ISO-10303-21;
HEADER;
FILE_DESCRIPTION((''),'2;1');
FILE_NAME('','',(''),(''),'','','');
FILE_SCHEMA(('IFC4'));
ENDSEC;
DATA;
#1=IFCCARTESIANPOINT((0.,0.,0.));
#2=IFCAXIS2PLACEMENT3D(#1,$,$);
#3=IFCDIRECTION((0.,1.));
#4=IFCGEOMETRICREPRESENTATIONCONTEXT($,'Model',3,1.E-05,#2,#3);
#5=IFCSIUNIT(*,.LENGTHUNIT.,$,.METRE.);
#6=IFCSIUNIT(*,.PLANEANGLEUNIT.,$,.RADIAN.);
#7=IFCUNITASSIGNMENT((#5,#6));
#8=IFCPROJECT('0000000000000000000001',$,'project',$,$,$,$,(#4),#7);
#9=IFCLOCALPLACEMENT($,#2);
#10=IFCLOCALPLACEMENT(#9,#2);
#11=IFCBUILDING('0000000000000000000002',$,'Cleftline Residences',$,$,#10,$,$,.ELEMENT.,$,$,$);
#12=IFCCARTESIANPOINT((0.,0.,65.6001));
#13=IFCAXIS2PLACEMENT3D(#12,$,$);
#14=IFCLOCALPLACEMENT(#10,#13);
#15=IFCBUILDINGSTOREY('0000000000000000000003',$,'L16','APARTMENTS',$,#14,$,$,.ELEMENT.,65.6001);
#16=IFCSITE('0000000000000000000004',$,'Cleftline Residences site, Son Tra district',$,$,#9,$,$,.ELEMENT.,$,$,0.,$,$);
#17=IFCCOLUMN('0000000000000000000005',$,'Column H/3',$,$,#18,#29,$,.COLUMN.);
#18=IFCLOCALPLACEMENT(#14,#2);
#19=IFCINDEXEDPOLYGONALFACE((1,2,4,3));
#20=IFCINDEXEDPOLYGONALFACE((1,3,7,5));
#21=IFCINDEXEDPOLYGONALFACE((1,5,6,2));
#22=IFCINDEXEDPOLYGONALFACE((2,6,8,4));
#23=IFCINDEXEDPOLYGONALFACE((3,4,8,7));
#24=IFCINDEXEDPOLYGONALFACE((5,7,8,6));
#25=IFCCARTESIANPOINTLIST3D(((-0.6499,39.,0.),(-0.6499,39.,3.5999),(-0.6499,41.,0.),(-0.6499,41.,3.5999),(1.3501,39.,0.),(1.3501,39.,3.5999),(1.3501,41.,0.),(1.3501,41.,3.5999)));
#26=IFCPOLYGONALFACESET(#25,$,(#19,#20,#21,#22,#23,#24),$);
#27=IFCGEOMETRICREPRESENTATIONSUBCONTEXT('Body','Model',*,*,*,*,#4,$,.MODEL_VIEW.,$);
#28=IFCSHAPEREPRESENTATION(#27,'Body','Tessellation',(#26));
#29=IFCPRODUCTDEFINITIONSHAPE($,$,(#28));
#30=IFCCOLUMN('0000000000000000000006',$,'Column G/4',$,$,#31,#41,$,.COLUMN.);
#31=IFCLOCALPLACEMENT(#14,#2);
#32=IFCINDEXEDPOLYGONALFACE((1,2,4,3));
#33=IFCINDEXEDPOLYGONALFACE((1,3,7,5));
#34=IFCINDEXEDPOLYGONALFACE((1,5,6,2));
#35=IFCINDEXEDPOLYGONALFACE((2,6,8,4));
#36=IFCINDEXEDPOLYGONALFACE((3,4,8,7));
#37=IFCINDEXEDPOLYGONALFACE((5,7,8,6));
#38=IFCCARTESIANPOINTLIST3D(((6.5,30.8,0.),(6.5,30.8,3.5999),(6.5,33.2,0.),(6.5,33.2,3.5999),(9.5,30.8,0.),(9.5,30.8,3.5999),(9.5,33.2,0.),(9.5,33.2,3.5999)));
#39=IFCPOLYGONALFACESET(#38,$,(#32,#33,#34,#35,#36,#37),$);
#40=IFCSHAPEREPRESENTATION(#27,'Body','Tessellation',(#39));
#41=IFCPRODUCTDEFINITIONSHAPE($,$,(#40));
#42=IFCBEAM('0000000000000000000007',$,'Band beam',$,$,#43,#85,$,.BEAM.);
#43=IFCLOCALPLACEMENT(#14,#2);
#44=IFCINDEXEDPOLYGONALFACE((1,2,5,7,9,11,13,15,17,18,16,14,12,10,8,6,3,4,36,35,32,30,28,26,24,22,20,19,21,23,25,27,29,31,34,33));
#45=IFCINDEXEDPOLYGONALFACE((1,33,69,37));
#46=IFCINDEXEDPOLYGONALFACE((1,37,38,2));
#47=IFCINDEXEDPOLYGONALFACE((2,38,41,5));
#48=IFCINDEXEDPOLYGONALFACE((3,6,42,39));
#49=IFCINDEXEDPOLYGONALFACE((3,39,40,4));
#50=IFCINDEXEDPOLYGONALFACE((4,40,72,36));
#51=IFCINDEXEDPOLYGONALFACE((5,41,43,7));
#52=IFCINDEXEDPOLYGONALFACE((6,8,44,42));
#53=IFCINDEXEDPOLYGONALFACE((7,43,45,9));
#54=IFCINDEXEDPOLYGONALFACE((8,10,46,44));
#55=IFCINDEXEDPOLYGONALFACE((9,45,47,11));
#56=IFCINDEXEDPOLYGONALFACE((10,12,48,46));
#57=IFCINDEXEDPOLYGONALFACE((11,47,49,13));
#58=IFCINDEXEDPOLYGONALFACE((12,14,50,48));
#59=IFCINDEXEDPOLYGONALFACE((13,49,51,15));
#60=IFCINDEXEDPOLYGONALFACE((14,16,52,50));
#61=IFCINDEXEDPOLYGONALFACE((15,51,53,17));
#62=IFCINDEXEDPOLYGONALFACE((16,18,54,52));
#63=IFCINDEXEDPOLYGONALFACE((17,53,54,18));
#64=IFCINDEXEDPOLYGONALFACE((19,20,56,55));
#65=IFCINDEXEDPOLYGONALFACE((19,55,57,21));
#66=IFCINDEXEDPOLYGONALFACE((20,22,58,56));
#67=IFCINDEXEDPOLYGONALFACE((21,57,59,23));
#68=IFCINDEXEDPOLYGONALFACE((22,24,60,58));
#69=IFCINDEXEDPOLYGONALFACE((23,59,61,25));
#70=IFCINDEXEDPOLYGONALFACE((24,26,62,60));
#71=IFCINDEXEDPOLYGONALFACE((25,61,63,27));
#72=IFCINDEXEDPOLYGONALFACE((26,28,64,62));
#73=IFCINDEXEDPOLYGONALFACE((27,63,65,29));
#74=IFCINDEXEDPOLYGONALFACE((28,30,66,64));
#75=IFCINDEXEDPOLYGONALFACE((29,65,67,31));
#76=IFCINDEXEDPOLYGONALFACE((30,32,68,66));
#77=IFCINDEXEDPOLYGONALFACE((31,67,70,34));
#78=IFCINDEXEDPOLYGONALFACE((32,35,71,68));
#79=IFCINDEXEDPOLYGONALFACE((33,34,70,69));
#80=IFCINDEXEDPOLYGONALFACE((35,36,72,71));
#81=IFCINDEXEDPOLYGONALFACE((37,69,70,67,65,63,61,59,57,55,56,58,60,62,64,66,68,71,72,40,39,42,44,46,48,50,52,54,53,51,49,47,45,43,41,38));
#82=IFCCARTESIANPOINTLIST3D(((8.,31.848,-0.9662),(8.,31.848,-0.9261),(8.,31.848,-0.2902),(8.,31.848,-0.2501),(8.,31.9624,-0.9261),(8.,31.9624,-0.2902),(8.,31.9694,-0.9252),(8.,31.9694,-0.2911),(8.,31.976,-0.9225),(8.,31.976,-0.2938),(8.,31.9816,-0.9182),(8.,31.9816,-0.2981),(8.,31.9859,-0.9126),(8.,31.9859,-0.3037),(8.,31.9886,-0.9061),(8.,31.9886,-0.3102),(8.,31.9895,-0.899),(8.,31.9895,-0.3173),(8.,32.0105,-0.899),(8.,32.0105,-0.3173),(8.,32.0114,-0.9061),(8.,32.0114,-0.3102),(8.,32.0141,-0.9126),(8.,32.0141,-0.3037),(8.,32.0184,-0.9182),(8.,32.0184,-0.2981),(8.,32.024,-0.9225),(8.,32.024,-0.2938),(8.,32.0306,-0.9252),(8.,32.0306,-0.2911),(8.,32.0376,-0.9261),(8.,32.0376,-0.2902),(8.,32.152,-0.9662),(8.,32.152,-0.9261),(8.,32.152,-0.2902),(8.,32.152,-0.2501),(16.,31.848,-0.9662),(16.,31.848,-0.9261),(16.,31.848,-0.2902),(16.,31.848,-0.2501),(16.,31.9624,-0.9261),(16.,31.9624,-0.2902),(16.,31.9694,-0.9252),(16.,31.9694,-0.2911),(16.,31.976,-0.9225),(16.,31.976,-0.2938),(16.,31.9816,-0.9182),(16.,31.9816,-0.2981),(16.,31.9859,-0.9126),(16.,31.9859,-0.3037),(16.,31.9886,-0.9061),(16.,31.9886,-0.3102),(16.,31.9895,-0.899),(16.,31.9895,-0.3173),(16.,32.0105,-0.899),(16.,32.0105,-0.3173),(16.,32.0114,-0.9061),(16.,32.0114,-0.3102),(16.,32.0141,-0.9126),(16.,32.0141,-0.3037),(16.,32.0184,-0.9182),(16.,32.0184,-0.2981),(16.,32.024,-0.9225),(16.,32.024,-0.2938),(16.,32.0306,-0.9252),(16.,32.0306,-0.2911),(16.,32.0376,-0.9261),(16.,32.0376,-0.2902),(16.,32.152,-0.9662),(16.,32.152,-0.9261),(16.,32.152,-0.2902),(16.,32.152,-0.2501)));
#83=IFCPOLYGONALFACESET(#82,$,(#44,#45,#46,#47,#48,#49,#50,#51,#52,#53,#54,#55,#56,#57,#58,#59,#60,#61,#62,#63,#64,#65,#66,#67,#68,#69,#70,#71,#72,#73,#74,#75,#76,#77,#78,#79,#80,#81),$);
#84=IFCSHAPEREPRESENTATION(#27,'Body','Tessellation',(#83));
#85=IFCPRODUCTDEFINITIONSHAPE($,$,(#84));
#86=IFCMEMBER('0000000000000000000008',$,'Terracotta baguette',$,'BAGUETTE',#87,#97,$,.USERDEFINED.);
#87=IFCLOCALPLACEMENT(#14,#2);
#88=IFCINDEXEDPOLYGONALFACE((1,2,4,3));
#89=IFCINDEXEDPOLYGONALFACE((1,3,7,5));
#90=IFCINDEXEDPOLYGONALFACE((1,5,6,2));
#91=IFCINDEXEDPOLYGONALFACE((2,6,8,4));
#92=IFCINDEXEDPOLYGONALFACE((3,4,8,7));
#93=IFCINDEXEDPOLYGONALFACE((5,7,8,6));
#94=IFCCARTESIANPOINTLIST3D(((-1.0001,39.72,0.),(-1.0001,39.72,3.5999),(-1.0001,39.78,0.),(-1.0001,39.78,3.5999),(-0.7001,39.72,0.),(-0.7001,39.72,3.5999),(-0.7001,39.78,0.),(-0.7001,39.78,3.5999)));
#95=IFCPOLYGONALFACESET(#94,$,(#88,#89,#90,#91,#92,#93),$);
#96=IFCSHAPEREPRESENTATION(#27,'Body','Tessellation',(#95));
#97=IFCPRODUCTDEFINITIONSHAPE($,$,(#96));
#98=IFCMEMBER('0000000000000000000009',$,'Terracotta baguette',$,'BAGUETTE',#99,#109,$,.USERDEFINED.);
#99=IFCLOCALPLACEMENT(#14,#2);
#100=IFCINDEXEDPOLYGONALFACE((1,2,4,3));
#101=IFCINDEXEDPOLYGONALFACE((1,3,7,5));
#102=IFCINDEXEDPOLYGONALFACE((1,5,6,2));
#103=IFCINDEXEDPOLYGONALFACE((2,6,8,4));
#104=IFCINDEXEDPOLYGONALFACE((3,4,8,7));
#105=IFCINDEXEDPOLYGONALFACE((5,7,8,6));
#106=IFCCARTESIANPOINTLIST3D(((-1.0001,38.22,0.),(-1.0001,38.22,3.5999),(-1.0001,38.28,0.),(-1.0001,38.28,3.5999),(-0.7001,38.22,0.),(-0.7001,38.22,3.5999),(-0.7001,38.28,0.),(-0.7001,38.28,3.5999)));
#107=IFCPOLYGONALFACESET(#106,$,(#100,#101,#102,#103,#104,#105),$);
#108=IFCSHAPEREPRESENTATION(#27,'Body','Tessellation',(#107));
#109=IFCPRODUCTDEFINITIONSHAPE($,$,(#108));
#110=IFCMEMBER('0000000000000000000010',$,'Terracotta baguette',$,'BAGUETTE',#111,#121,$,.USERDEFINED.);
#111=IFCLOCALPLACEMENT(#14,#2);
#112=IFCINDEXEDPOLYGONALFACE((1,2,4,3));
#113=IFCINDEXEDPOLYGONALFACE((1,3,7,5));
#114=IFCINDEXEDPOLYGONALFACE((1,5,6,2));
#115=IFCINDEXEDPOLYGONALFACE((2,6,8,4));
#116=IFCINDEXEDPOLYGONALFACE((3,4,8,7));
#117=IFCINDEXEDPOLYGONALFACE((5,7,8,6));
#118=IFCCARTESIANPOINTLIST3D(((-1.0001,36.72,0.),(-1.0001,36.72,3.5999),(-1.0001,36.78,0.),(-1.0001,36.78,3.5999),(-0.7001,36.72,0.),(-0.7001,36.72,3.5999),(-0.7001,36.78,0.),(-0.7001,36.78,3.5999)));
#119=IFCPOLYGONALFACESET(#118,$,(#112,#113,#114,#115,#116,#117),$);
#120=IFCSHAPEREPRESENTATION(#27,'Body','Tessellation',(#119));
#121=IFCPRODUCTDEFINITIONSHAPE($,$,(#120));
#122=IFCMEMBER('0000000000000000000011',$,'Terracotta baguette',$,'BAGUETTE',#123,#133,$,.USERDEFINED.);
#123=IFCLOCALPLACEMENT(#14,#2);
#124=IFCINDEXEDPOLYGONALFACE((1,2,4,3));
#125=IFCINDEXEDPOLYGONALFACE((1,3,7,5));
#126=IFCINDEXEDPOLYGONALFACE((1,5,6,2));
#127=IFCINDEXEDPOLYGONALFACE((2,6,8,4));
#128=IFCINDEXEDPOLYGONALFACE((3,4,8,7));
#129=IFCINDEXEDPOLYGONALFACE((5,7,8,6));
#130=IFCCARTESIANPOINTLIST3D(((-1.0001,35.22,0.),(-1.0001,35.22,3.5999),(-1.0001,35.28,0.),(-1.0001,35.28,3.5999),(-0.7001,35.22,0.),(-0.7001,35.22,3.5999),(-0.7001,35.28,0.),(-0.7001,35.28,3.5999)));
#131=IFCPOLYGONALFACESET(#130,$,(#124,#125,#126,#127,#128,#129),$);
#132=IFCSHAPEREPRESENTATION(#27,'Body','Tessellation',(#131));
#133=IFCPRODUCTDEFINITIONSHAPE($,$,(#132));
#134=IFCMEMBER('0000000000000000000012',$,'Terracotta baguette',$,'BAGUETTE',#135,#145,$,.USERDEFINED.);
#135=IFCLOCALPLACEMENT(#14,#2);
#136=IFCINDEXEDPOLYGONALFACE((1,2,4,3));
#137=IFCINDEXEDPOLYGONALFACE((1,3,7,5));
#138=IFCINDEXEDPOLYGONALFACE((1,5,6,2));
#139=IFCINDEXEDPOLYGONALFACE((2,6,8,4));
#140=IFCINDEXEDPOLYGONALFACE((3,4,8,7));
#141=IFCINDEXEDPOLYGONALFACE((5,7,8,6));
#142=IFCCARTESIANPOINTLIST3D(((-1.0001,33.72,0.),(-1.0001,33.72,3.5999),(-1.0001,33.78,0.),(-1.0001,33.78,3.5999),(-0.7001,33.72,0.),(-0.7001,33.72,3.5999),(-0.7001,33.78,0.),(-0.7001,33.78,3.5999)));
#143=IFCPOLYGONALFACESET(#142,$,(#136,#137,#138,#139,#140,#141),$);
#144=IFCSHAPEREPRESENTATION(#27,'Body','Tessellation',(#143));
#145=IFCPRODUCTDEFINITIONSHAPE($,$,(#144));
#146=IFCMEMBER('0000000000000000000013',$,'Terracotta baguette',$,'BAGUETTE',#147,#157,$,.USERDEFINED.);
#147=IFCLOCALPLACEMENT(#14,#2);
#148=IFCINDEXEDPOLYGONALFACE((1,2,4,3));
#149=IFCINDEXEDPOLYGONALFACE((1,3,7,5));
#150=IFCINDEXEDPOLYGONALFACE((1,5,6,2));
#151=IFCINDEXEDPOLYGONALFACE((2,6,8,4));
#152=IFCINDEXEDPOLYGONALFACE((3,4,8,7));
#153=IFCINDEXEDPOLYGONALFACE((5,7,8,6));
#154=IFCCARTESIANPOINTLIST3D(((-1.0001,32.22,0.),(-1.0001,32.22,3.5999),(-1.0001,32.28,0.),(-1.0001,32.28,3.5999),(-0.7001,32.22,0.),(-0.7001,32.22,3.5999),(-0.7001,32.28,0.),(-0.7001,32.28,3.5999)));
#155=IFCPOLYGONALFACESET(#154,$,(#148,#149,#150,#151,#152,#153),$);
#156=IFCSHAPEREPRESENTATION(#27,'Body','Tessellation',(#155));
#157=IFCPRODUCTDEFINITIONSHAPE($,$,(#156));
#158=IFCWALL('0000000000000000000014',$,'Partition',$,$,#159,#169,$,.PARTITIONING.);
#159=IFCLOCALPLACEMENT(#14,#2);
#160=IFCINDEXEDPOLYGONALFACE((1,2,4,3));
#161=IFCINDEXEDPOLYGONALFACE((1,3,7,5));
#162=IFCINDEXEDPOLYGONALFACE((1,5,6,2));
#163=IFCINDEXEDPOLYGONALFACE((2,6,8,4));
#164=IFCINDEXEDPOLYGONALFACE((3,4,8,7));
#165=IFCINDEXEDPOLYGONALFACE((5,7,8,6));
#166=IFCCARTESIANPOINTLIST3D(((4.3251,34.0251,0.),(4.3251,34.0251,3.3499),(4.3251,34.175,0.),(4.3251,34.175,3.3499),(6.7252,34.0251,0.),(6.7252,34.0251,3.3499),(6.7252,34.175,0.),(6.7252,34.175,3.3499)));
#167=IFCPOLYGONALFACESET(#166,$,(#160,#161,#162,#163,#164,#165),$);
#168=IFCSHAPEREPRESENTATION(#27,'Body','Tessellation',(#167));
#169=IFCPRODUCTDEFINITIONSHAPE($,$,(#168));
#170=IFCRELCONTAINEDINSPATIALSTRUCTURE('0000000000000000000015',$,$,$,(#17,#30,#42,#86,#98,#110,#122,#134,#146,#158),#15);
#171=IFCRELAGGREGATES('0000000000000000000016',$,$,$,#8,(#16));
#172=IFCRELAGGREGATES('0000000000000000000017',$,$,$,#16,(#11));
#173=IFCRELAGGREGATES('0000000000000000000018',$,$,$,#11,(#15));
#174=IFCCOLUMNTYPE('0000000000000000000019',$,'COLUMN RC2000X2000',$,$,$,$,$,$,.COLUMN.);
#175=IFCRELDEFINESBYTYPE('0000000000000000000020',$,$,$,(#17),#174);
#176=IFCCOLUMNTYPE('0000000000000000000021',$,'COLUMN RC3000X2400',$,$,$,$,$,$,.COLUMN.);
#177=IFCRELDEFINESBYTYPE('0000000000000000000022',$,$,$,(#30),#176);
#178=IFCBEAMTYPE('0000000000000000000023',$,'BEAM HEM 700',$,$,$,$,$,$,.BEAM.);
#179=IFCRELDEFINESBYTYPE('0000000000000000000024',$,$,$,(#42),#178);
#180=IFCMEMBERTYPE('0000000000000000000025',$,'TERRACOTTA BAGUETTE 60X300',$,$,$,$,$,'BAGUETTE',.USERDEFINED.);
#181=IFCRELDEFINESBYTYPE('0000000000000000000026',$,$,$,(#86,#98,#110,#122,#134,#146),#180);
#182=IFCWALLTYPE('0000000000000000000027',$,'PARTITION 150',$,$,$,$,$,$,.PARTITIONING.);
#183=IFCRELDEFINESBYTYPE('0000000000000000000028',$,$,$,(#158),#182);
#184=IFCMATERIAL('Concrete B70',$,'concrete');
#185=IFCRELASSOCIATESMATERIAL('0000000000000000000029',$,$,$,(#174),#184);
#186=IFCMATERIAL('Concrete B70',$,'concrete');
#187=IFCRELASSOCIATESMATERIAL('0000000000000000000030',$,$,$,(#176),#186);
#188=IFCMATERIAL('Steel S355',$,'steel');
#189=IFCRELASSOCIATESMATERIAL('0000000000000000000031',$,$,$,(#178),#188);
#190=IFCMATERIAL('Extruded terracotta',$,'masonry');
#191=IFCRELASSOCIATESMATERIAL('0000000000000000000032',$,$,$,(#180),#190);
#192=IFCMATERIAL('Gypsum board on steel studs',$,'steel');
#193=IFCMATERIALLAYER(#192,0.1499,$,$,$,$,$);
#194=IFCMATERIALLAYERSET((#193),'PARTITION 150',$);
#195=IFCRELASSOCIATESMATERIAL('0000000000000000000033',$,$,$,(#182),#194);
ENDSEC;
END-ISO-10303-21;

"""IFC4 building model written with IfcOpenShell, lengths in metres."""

from ifc_helpers import new_model, si_unit, direction, frame, frame_2d, origin, origin_2d, place, context, subcontext, project, spatial, rectangle, i_section, extrude, material, layer, layer_set, material_profile, profile_set, type_object, element, save


model = new_model("IFC4")

# Units and contexts
model_context = context("Model", 3, precision=1e-05, world=origin(), true_north=direction((0.0, 1.0)))
body_context = subcontext(model_context, "Body", "Model", "MODEL_VIEW")
ifc_project = project(units=[si_unit("LENGTHUNIT", "METRE"), si_unit("PLANEANGLEUNIT", "RADIAN")], contexts=[model_context])

# Site, building, storey
site_placement = place(None, origin())
site = spatial("IfcSite", under=ifc_project, at=site_placement, Name="Cleftline Residences site, Son Tra district", CompositionType="ELEMENT", RefElevation=0.0)
building_placement = place(site_placement, origin())
building = spatial("IfcBuilding", under=site, at=building_placement, Name="Cleftline Residences", CompositionType="ELEMENT")
storey_placement = place(building_placement, frame((0.0, 0.0, 65.6001)))
storey = spatial("IfcBuildingStorey", under=building, at=storey_placement, Name="L16", Description="APARTMENTS", CompositionType="ELEMENT", Elevation=65.6001)

# Columns
ifc_material_1 = material(Name="Concrete B70", Category="concrete")
ifc_material_profile_1 = material_profile(ifc_material_1, rectangle(XDim=2.0, YDim=2.0, at=origin_2d()))
ifc_profile_set_1 = profile_set([ifc_material_profile_1], Name="Concrete B70")
column_type_1 = type_object("IfcColumnType", Name="COLUMN RC2000X2000", PredefinedType="COLUMN", material=ifc_profile_set_1)
column_1_placement = place(storey_placement, frame((0.3501, 40.0, 0.0), z_axis=(0.0, 0.0, 1.0), x_axis=(1.0, 0.0, 0.0)))
element("IfcColumn", 1, at=column_1_placement, inside=storey, type_object=column_type_1, Name="Column H/3", PredefinedType="COLUMN", context=body_context, shape_type="SweptSolid", body=[
    extrude(rectangle(XDim=2.0, YDim=2.0, at=origin_2d()), origin(), (0.0, 0.0, 1.0), 3.5999),
])
ifc_material_2 = material(Name="Concrete B70", Category="concrete")
ifc_material_profile_2 = material_profile(ifc_material_2, rectangle(XDim=3.0, YDim=2.3999, at=origin_2d()))
ifc_profile_set_2 = profile_set([ifc_material_profile_2], Name="Concrete B70")
column_type_2 = type_object("IfcColumnType", Name="COLUMN RC3000X2400", PredefinedType="COLUMN", material=ifc_profile_set_2)
column_2_placement = place(storey_placement, frame((8.0, 32.0, 0.0), z_axis=(0.0, 0.0, 1.0), x_axis=(1.0, 0.0, 0.0)))
element("IfcColumn", 2, at=column_2_placement, inside=storey, type_object=column_type_2, Name="Column G/4", PredefinedType="COLUMN", context=body_context, shape_type="SweptSolid", body=[
    extrude(rectangle(XDim=3.0, YDim=2.3999, at=origin_2d()), origin(), (0.0, 0.0, 1.0), 3.5999),
])

# Beam
ifc_material_3 = material(Name="Steel S355", Category="steel")
ifc_material_profile_3 = material_profile(ifc_material_3, i_section(OverallWidth=0.304, OverallDepth=0.7161, WebThickness=0.021, FlangeThickness=0.04, FilletRadius=0.0271, at=origin_2d()))
ifc_profile_set_3 = profile_set([ifc_material_profile_3], Name="Steel S355")
beam_type = type_object("IfcBeamType", Name="BEAM HEM 700", PredefinedType="BEAM", material=ifc_profile_set_3)
beam_placement = place(storey_placement, frame((8.0, 32.0, -0.6082), z_axis=(1.0, 0.0, 0.0), x_axis=(0.0, 1.0, 0.0)))
element("IfcBeam", 3, at=beam_placement, inside=storey, type_object=beam_type, Name="Band beam", PredefinedType="BEAM", context=body_context, shape_type="SweptSolid", body=[
    extrude(i_section(OverallWidth=0.304, OverallDepth=0.7161, WebThickness=0.021, FlangeThickness=0.04, FilletRadius=0.0271, at=origin_2d()), origin(), (0.0, 0.0, 1.0), 8.0),
])

# Members
ifc_material_4 = material(Name="Extruded terracotta", Category="masonry")
ifc_material_profile_4 = material_profile(ifc_material_4, rectangle(XDim=0.0601, YDim=0.3, at=origin_2d()))
ifc_profile_set_4 = profile_set([ifc_material_profile_4], Name="Extruded terracotta")
member_type = type_object("IfcMemberType", Name="TERRACOTTA BAGUETTE 60X300", ElementType="BAGUETTE", PredefinedType="USERDEFINED", material=ifc_profile_set_4)
for number, where, z_axis, x_axis, name in (
    (4, (-0.8501, 39.75, 0.0), (0.0, 0.0, 1.0), (0.0, 1.0, 0.0), "Terracotta baguette"),
    (5, (-0.8501, 38.25, 0.0), (0.0, 0.0, 1.0), (0.0, 1.0, 0.0), "Terracotta baguette"),
    (6, (-0.8501, 36.75, 0.0), (0.0, 0.0, 1.0), (0.0, 1.0, 0.0), "Terracotta baguette"),
    (7, (-0.8501, 35.25, 0.0), (0.0, 0.0, 1.0), (0.0, 1.0, 0.0), "Terracotta baguette"),
    (8, (-0.8501, 33.75, 0.0), (0.0, 0.0, 1.0), (0.0, 1.0, 0.0), "Terracotta baguette"),
    (9, (-0.8501, 32.25, 0.0), (0.0, 0.0, 1.0), (0.0, 1.0, 0.0), "Terracotta baguette"),
):
    element("IfcMember", number, at=place(storey_placement, frame(where, z_axis=z_axis, x_axis=x_axis)), inside=storey, type_object=member_type, Name=name, ObjectType="BAGUETTE", PredefinedType="USERDEFINED", context=body_context, shape_type="SweptSolid", body=[
        extrude(rectangle(XDim=0.0601, YDim=0.3, at=origin_2d()), origin(), (0.0, 0.0, 1.0), 3.5999),
    ])

# Wall
ifc_material_5 = material(Name="Gypsum board on steel studs", Category="steel")
ifc_layer = layer(ifc_material_5, 0.1499)
ifc_layer_set = layer_set([ifc_layer], Name="PARTITION 150")
wall_type = type_object("IfcWallType", Name="PARTITION 150", PredefinedType="PARTITIONING", material=ifc_layer_set)
wall_1_placement = place(storey_placement, frame((4.325, 34.1001, 0.0), z_axis=(0.0, 0.0, 1.0), x_axis=(1.0, 0.0, 0.0)))
element("IfcWall", 10, at=wall_1_placement, inside=storey, type_object=wall_type, Name="Partition", PredefinedType="PARTITIONING", context=body_context, shape_type="SweptSolid", body=[
    extrude(rectangle(XDim=2.4001, YDim=0.1499, at=frame_2d((1.2002, 0.0))), origin(), (0.0, 0.0, 1.0), 3.3499),
])

save(model, "model.ifc")
